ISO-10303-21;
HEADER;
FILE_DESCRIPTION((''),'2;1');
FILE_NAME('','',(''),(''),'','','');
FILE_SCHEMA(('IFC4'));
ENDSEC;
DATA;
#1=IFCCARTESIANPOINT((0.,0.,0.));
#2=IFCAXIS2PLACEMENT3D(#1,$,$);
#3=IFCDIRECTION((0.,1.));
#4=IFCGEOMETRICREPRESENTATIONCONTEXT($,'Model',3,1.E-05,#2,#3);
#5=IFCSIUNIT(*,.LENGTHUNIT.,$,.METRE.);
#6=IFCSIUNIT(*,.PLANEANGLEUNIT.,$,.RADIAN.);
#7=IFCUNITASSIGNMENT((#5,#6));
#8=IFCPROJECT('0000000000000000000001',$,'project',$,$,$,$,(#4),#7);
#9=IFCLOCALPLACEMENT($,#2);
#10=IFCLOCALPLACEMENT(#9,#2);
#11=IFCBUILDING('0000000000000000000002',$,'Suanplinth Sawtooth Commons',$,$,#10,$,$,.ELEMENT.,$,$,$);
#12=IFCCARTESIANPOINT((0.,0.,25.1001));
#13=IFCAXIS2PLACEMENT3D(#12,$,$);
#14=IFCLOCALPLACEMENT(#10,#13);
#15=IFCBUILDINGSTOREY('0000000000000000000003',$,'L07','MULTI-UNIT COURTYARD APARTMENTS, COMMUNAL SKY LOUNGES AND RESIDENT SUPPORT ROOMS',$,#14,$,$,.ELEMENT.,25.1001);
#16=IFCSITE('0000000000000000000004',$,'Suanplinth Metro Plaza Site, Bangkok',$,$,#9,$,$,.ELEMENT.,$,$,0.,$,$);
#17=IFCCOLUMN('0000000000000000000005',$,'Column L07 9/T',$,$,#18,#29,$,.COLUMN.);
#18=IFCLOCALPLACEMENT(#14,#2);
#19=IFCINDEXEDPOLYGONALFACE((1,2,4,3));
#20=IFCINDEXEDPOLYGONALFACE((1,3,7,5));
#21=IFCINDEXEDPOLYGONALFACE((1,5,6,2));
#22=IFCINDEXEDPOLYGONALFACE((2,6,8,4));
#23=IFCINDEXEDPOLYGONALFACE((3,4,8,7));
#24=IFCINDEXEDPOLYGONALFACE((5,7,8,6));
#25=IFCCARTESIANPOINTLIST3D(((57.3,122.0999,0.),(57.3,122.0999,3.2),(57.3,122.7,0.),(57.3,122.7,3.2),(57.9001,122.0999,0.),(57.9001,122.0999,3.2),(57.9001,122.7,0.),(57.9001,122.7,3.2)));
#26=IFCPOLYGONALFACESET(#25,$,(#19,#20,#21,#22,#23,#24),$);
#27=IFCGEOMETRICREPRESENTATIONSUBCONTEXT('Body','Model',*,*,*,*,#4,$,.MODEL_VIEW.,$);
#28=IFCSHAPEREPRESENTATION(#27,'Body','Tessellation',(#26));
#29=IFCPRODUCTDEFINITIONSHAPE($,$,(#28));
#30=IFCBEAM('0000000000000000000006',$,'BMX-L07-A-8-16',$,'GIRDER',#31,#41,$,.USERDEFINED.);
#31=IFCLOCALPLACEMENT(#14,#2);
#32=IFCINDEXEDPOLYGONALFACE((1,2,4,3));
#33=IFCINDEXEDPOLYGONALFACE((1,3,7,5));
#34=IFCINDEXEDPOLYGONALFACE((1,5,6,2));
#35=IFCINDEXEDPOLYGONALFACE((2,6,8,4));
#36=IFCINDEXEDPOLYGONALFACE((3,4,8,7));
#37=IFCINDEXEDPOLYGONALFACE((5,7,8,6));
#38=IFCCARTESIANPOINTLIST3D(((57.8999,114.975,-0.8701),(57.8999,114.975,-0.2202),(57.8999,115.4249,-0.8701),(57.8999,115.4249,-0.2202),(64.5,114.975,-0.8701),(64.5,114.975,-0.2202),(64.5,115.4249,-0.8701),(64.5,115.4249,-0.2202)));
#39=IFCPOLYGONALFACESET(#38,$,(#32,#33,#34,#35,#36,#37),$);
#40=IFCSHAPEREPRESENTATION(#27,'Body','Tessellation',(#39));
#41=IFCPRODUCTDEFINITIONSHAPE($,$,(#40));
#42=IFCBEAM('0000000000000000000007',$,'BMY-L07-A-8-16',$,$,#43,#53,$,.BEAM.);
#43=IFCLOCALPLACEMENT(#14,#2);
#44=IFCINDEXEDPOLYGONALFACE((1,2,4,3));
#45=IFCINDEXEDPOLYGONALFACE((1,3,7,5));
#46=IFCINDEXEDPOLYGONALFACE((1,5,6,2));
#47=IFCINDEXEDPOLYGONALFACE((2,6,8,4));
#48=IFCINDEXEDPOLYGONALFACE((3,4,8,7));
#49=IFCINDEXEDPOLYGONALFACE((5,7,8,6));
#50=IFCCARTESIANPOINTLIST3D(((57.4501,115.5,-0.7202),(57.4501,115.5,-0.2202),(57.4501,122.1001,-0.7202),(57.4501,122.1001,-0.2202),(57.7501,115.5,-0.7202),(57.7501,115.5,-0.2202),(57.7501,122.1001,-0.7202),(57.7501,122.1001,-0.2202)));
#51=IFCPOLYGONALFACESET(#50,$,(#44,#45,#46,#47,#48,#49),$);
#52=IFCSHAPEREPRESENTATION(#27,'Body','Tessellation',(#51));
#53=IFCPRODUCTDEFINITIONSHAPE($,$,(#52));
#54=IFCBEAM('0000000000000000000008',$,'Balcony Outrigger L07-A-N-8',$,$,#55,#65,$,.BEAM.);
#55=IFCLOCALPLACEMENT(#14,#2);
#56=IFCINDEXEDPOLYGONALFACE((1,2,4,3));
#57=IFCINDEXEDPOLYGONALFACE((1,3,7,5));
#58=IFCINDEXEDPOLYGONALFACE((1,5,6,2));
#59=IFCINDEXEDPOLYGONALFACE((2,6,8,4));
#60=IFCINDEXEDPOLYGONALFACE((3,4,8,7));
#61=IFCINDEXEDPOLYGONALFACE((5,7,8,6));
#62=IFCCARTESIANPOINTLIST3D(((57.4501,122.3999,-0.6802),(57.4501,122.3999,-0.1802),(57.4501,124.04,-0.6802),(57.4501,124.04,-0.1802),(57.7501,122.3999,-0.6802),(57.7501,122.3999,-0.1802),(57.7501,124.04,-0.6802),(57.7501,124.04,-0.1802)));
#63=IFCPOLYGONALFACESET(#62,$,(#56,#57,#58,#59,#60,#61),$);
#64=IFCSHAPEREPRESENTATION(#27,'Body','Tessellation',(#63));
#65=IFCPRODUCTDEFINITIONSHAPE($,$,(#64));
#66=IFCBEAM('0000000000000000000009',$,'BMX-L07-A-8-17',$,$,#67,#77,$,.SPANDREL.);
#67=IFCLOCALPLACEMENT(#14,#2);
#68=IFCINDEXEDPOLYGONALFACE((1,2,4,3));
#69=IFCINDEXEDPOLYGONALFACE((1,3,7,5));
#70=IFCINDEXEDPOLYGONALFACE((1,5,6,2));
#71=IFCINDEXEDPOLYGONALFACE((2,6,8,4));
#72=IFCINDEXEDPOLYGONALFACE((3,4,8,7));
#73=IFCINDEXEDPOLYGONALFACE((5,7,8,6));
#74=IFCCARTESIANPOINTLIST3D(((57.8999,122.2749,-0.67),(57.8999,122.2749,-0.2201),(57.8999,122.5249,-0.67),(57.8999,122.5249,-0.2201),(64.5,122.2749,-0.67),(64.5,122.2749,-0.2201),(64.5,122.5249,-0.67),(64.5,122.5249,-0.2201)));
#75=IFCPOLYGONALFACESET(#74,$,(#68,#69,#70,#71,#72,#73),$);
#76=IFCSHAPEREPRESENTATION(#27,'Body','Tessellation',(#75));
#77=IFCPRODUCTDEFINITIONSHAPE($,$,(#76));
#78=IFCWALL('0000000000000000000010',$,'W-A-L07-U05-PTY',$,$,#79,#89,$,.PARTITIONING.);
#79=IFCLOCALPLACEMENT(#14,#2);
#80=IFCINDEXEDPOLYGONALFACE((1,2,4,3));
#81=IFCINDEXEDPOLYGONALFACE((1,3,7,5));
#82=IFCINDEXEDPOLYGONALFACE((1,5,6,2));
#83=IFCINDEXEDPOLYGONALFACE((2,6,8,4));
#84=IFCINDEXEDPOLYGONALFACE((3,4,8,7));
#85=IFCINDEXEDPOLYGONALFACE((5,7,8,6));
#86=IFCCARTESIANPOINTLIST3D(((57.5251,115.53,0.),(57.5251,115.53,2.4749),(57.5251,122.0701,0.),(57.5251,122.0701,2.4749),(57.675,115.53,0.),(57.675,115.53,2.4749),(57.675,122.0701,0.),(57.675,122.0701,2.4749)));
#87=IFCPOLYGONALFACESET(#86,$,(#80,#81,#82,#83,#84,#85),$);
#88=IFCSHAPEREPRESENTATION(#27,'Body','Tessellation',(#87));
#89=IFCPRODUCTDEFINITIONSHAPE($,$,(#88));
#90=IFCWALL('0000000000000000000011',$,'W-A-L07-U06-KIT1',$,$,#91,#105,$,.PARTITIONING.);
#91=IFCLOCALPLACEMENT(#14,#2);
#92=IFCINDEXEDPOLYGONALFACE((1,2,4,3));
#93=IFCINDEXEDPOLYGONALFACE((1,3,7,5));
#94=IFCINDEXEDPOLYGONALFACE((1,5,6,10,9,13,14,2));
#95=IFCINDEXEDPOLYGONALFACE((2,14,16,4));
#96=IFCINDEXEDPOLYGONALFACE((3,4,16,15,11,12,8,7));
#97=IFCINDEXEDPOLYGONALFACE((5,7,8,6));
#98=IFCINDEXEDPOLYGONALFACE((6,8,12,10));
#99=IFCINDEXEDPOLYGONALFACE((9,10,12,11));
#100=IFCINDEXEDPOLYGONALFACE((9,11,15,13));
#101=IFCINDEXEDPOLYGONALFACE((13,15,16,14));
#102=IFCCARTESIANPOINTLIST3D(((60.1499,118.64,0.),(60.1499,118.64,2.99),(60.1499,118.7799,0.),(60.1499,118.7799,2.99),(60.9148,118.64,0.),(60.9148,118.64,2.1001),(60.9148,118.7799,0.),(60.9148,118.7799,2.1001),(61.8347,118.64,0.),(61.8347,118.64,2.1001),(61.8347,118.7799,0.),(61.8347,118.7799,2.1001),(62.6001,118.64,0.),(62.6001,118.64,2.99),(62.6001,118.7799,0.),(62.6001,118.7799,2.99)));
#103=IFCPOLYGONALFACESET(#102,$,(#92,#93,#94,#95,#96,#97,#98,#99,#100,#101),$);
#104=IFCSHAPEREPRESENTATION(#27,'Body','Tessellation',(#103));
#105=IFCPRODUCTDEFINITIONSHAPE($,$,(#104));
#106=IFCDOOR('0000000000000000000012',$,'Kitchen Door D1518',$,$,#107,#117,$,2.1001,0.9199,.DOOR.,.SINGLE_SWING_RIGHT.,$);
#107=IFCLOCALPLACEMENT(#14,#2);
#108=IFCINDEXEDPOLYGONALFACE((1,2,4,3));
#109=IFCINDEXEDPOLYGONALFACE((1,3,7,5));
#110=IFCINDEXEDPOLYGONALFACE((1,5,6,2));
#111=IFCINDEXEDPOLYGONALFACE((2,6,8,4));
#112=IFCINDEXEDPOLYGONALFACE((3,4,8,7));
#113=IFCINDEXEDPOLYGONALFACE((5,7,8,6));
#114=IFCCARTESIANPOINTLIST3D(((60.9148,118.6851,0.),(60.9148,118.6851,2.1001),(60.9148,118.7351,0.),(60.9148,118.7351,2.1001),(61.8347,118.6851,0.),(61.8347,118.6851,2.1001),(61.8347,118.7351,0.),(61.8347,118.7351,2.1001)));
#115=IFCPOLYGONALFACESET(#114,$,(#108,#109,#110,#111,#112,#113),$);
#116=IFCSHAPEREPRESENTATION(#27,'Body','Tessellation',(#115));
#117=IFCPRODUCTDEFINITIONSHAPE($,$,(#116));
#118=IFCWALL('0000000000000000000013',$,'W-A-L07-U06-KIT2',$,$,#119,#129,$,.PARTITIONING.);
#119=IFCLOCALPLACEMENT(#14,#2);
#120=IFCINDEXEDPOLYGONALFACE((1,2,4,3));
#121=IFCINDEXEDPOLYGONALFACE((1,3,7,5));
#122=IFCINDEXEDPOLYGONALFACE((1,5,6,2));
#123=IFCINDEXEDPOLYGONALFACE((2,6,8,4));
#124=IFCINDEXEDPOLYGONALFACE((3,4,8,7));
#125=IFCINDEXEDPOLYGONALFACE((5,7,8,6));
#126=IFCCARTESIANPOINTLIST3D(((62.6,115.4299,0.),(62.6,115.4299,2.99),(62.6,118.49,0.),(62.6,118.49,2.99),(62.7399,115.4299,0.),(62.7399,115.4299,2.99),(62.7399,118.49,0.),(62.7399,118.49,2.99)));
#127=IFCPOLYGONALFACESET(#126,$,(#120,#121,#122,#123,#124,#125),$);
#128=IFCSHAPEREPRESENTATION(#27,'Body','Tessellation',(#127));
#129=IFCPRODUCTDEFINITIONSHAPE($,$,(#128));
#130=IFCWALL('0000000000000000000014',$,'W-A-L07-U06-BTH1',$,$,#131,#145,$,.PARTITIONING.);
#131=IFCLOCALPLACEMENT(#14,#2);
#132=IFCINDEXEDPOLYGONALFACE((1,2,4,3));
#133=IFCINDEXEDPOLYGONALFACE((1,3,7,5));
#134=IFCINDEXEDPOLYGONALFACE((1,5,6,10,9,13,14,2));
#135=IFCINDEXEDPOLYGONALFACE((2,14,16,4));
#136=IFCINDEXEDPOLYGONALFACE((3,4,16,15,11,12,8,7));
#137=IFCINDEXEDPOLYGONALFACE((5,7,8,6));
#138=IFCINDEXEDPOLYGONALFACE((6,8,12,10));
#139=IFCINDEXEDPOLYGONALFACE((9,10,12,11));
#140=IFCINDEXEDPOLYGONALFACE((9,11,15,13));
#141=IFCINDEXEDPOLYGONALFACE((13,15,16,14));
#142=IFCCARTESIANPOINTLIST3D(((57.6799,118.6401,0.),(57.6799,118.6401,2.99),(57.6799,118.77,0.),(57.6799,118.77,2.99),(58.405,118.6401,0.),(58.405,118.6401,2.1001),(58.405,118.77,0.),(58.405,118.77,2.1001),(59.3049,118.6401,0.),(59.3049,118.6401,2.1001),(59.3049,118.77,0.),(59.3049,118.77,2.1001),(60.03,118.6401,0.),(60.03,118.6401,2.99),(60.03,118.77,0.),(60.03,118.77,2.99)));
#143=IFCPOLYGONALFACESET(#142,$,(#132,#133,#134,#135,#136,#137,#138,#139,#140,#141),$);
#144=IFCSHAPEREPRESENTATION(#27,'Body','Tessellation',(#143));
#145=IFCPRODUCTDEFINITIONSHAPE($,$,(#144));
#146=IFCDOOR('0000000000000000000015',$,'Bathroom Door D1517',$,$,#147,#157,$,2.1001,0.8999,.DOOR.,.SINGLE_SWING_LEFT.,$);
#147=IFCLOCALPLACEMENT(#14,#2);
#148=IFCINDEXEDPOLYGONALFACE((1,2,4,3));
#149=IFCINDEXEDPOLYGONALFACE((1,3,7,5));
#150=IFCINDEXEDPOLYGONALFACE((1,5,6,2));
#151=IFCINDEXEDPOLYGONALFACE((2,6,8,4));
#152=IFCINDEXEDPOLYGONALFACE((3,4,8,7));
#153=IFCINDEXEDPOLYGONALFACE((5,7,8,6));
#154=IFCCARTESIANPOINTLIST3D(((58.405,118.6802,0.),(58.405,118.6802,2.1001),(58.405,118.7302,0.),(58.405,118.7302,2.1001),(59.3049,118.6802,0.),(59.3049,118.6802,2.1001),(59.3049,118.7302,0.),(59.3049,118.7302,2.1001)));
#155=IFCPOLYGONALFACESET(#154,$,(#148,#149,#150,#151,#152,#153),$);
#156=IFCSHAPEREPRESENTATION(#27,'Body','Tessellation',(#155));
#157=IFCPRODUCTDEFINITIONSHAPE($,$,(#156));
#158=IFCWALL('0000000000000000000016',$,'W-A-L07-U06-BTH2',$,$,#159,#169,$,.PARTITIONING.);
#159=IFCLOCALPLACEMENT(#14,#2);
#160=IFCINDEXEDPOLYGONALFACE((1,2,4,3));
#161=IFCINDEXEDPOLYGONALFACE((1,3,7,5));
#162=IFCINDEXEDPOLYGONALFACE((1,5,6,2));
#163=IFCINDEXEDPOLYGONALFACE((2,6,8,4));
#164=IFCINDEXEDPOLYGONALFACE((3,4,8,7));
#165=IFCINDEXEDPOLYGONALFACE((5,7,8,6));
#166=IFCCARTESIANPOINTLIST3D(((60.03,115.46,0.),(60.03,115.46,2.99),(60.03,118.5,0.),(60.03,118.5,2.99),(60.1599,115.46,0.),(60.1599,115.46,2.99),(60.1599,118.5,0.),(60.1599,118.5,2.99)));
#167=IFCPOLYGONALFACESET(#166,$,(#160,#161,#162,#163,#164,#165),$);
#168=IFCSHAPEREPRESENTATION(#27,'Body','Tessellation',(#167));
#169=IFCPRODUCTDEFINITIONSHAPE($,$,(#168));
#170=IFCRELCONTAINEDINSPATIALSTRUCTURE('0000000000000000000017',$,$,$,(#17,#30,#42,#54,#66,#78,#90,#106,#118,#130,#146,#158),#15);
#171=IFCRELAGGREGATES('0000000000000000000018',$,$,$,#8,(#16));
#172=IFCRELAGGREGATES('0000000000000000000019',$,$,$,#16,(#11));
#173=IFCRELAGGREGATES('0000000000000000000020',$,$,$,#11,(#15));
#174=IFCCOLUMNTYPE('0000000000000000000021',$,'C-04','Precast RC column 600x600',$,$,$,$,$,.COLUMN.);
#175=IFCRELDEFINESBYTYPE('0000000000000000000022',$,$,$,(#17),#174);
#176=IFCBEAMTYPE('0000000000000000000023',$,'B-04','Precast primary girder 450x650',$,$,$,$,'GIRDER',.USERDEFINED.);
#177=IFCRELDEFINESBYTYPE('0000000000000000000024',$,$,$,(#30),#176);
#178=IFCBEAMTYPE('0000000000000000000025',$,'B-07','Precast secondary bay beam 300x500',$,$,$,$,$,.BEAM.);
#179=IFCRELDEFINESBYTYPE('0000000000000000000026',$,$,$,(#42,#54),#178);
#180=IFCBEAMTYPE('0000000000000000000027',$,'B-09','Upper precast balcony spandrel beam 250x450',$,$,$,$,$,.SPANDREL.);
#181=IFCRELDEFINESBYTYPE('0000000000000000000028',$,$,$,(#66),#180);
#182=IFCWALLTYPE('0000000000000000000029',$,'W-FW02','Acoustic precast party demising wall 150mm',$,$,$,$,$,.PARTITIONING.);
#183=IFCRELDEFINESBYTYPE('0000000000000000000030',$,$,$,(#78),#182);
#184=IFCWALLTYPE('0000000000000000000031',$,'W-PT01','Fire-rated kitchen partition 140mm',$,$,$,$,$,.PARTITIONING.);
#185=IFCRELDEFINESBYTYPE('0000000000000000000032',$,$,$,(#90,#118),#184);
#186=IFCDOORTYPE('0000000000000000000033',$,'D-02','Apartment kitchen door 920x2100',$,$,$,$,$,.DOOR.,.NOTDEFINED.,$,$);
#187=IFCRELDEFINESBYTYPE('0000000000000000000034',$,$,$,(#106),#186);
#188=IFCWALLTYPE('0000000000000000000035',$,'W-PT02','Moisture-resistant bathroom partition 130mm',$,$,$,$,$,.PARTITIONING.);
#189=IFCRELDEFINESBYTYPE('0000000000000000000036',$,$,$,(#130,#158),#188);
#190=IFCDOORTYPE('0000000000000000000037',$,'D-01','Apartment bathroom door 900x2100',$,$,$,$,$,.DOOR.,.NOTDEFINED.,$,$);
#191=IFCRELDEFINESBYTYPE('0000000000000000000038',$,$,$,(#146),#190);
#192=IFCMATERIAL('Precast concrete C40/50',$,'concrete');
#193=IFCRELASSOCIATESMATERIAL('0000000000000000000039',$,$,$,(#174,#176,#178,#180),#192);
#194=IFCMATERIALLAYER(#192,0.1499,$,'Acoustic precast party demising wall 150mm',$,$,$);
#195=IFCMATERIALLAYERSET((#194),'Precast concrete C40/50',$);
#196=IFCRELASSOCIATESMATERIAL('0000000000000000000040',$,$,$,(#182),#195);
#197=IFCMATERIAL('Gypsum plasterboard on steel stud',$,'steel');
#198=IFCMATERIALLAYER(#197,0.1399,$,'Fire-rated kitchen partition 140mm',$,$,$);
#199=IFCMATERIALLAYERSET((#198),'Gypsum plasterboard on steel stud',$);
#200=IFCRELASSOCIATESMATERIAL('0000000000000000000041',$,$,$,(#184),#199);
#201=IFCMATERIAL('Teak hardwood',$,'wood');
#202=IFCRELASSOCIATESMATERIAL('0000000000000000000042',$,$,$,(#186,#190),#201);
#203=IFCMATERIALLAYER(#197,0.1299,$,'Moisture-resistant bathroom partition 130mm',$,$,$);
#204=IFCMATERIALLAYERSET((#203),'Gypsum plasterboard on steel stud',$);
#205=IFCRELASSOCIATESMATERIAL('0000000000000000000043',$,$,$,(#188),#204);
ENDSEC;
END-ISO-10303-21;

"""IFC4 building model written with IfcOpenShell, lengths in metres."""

from ifc_helpers import new_model, si_unit, direction, frame, frame_2d, origin, origin_2d, place, context, subcontext, project, spatial, rectangle, extrude, material, layer, layer_set, material_profile, profile_set, type_object, element, fill, save


model = new_model("IFC4")

# Units and contexts
model_context = context("Model", 3, precision=1e-05, world=origin(), true_north=direction((0.0, 1.0)))
body_context = subcontext(model_context, "Body", "Model", "MODEL_VIEW")
ifc_project = project(units=[si_unit("LENGTHUNIT", "METRE"), si_unit("PLANEANGLEUNIT", "RADIAN")], contexts=[model_context])

# Site, building, storey
site_placement = place(None, origin())
site = spatial("IfcSite", under=ifc_project, at=site_placement, Name="Suanplinth Metro Plaza Site, Bangkok", CompositionType="ELEMENT", RefElevation=0.0)
building_placement = place(site_placement, origin())
building = spatial("IfcBuilding", under=site, at=building_placement, Name="Suanplinth Sawtooth Commons", CompositionType="ELEMENT")
storey_placement = place(building_placement, frame((0.0, 0.0, 25.1001)))
storey = spatial("IfcBuildingStorey", under=building, at=storey_placement, Name="L07", Description="MULTI-UNIT COURTYARD APARTMENTS, COMMUNAL SKY LOUNGES AND RESIDENT SUPPORT ROOMS", CompositionType="ELEMENT", Elevation=25.1001)

# Column
ifc_material_1 = material(Name="Precast concrete C40/50", Category="concrete")
ifc_material_profile_1 = material_profile(ifc_material_1, rectangle(XDim=0.6001, YDim=0.6001, at=origin_2d()), Name="PC-COL 600x600")
ifc_profile_set_1 = profile_set([ifc_material_profile_1], Name="Precast concrete C40/50")
column_type = type_object("IfcColumnType", Name="C-04", Description="Precast RC column 600x600", PredefinedType="COLUMN", material=ifc_profile_set_1)
column_placement = place(storey_placement, frame((57.6001, 122.3999, 0.0), z_axis=(0.0, 0.0, 1.0), x_axis=(1.0, 0.0, 0.0)))
element("IfcColumn", 1, at=column_placement, inside=storey, type_object=column_type, Name="Column L07 9/T", PredefinedType="COLUMN", context=body_context, shape_type="SweptSolid", body=[
    extrude(rectangle(XDim=0.6001, YDim=0.6001, at=origin_2d()), origin(), (0.0, 0.0, 1.0), 3.2),
])

# Beams
ifc_material_profile_2 = material_profile(ifc_material_1, rectangle(XDim=0.45, YDim=0.6499, at=origin_2d()), Name="PC-GDR 450x650")
ifc_profile_set_2 = profile_set([ifc_material_profile_2], Name="Precast concrete C40/50")
beam_type_1 = type_object("IfcBeamType", Name="B-04", Description="Precast primary girder 450x650", ElementType="GIRDER", PredefinedType="USERDEFINED", material=ifc_profile_set_2)
beam_1_placement = place(storey_placement, frame((57.8999, 115.2, -0.5452), z_axis=(1.0, 0.0, 0.0), x_axis=(0.0, 1.0, 0.0)))
element("IfcBeam", 2, at=beam_1_placement, inside=storey, type_object=beam_type_1, Name="BMX-L07-A-8-16", ObjectType="GIRDER", PredefinedType="USERDEFINED", context=body_context, shape_type="SweptSolid", body=[
    extrude(rectangle(XDim=0.45, YDim=0.6499, at=origin_2d()), origin(), (0.0, 0.0, 1.0), 6.6001),
])
ifc_material_profile_3 = material_profile(ifc_material_1, rectangle(XDim=0.3, YDim=0.5, at=origin_2d()), Name="PC-BM 300x500")
ifc_profile_set_3 = profile_set([ifc_material_profile_3], Name="Precast concrete C40/50")
beam_type_2 = type_object("IfcBeamType", Name="B-07", Description="Precast secondary bay beam 300x500", PredefinedType="BEAM", material=ifc_profile_set_3)
beam_2_placement = place(storey_placement, frame((57.6001, 115.5, -0.4702), z_axis=(0.0, 1.0, 0.0), x_axis=(-1.0, 0.0, 0.0)))
element("IfcBeam", 3, at=beam_2_placement, inside=storey, type_object=beam_type_2, Name="BMY-L07-A-8-16", PredefinedType="BEAM", context=body_context, shape_type="SweptSolid", body=[
    extrude(rectangle(XDim=0.3, YDim=0.5, at=origin_2d()), origin(), (0.0, 0.0, 1.0), 6.6001),
])
beam_3_placement = place(storey_placement, frame((57.6001, 122.3999, -0.4302), z_axis=(0.0, 1.0, 0.0), x_axis=(-1.0, 0.0, 0.0)))
element("IfcBeam", 4, at=beam_3_placement, inside=storey, type_object=beam_type_2, Name="Balcony Outrigger L07-A-N-8", PredefinedType="BEAM", context=body_context, shape_type="SweptSolid", body=[
    extrude(rectangle(XDim=0.3, YDim=0.5, at=origin_2d()), origin(), (0.0, 0.0, 1.0), 1.6401),
])
ifc_material_profile_4 = material_profile(ifc_material_1, rectangle(XDim=0.25, YDim=0.45, at=origin_2d()), Name="PC-SP 250x450")
ifc_profile_set_4 = profile_set([ifc_material_profile_4], Name="Precast concrete C40/50")
beam_type_3 = type_object("IfcBeamType", Name="B-09", Description="Upper precast balcony spandrel beam 250x450", PredefinedType="SPANDREL", material=ifc_profile_set_4)
beam_4_placement = place(storey_placement, frame((57.8999, 122.3999, -0.4451), z_axis=(1.0, 0.0, 0.0), x_axis=(0.0, 1.0, 0.0)))
element("IfcBeam", 5, at=beam_4_placement, inside=storey, type_object=beam_type_3, Name="BMX-L07-A-8-17", PredefinedType="SPANDREL", context=body_context, shape_type="SweptSolid", body=[
    extrude(rectangle(XDim=0.25, YDim=0.45, at=origin_2d()), origin(), (0.0, 0.0, 1.0), 6.6001),
])

# Wall
ifc_layer_1 = layer(ifc_material_1, 0.1499, Name="Acoustic precast party demising wall 150mm")
ifc_layer_set_1 = layer_set([ifc_layer_1], Name="Precast concrete C40/50")
wall_type_1 = type_object("IfcWallType", Name="W-FW02", Description="Acoustic precast party demising wall 150mm", PredefinedType="PARTITIONING", material=ifc_layer_set_1)
wall_1_placement = place(storey_placement, frame((57.6001, 115.53, 0.0), z_axis=(0.0, 0.0, 1.0), x_axis=(0.0, 1.0, 0.0)))
element("IfcWall", 6, at=wall_1_placement, inside=storey, type_object=wall_type_1, Name="W-A-L07-U05-PTY", PredefinedType="PARTITIONING", context=body_context, shape_type="SweptSolid", body=[
    extrude(rectangle(XDim=6.54, YDim=0.1499, at=frame_2d((3.27, 0.0))), origin(), (0.0, 0.0, 1.0), 2.4749),
])

# Wall, opening, door
ifc_material_2 = material(Name="Gypsum plasterboard on steel stud", Category="steel")
ifc_layer_2 = layer(ifc_material_2, 0.1399, Name="Fire-rated kitchen partition 140mm")
ifc_layer_set_2 = layer_set([ifc_layer_2], Name="Gypsum plasterboard on steel stud")
wall_type_2 = type_object("IfcWallType", Name="W-PT01", Description="Fire-rated kitchen partition 140mm", PredefinedType="PARTITIONING", material=ifc_layer_set_2)
wall_2_placement = place(storey_placement, frame((60.1499, 118.71, 0.0), z_axis=(0.0, 0.0, 1.0), x_axis=(1.0, 0.0, 0.0)))
wall_2 = element("IfcWall", 7, at=wall_2_placement, inside=storey, type_object=wall_type_2, Name="W-A-L07-U06-KIT1", PredefinedType="PARTITIONING", context=body_context, shape_type="SweptSolid", body=[
    extrude(rectangle(XDim=2.4502, YDim=0.1399, at=frame_2d((1.2251, 0.0))), origin(), (0.0, 0.0, 1.0), 2.99),
])
opening_1_placement = place(wall_2_placement, frame((0.7649, 0.0, 0.0)))
opening_1 = element("IfcOpeningElement", 8, at=opening_1_placement, cuts=wall_2, PredefinedType="OPENING", context=body_context, shape_type="SweptSolid", body=[
    extrude(rectangle(XDim=0.9199, YDim=2.1001, at=frame_2d((0.46, 1.05))), frame((0.0, 0.085, 0.0), z_axis=(0.0, -1.0, 0.0), x_axis=(1.0, 0.0, 0.0)), (0.0, 0.0, 1.0), 0.1697),
])
ifc_material_3 = material(Name="Teak hardwood", Category="wood")
door_type_1 = type_object("IfcDoorType", Name="D-02", Description="Apartment kitchen door 920x2100", OperationType="NOTDEFINED", PredefinedType="DOOR", material=ifc_material_3)
door_1_placement = place(opening_1_placement, frame((0.9199, 0.0, 0.0), z_axis=(0.0, 0.0, 1.0), x_axis=(-1.0, 0.0, 0.0)))
door_1 = element("IfcDoor", 9, at=door_1_placement, inside=storey, type_object=door_type_1, Name="Kitchen Door D1518", OperationType="SINGLE_SWING_RIGHT", OverallHeight=2.1001, OverallWidth=0.9199, PredefinedType="DOOR", context=body_context, shape_type="SweptSolid", body=[
    extrude(rectangle(XDim=0.9199, YDim=2.1001, at=frame_2d((0.46, 1.05))), frame((0.0, 0.0249, 0.0), z_axis=(0.0, -1.0, 0.0), x_axis=(1.0, 0.0, 0.0)), (0.0, 0.0, 1.0), 0.05),
])
fill(opening_1, door_1)

# Wall
wall_3_placement = place(storey_placement, frame((62.6699, 115.4299, 0.0), z_axis=(0.0, 0.0, 1.0), x_axis=(0.0, 1.0, 0.0)))
element("IfcWall", 10, at=wall_3_placement, inside=storey, type_object=wall_type_2, Name="W-A-L07-U06-KIT2", PredefinedType="PARTITIONING", context=body_context, shape_type="SweptSolid", body=[
    extrude(rectangle(XDim=3.0601, YDim=0.1399, at=frame_2d((1.53, 0.0))), origin(), (0.0, 0.0, 1.0), 2.99),
])

# Wall, opening, door
ifc_layer_3 = layer(ifc_material_2, 0.1299, Name="Moisture-resistant bathroom partition 130mm")
ifc_layer_set_3 = layer_set([ifc_layer_3], Name="Gypsum plasterboard on steel stud")
wall_type_3 = type_object("IfcWallType", Name="W-PT02", Description="Moisture-resistant bathroom partition 130mm", PredefinedType="PARTITIONING", material=ifc_layer_set_3)
wall_4_placement = place(storey_placement, frame((57.6799, 118.7051, 0.0), z_axis=(0.0, 0.0, 1.0), x_axis=(1.0, 0.0, 0.0)))
wall_4 = element("IfcWall", 11, at=wall_4_placement, inside=storey, type_object=wall_type_3, Name="W-A-L07-U06-BTH1", PredefinedType="PARTITIONING", context=body_context, shape_type="SweptSolid", body=[
    extrude(rectangle(XDim=2.3501, YDim=0.1299, at=frame_2d((1.175, 0.0))), origin(), (0.0, 0.0, 1.0), 2.99),
])
opening_2_placement = place(wall_4_placement, frame((0.7251, 0.0, 0.0)))
opening_2 = element("IfcOpeningElement", 12, at=opening_2_placement, cuts=wall_4, PredefinedType="OPENING", context=body_context, shape_type="SweptSolid", body=[
    extrude(rectangle(XDim=0.8999, YDim=2.1001, at=frame_2d((0.45, 1.05))), frame((0.0, 0.0798, 0.0), z_axis=(0.0, -1.0, 0.0), x_axis=(1.0, 0.0, 0.0)), (0.0, 0.0, 1.0), 0.1597),
])
door_type_2 = type_object("IfcDoorType", Name="D-01", Description="Apartment bathroom door 900x2100", OperationType="NOTDEFINED", PredefinedType="DOOR", material=ifc_material_3)
door_2_placement = place(opening_2_placement, frame((0.8999, 0.0, 0.0), z_axis=(0.0, 0.0, 1.0), x_axis=(-1.0, 0.0, 0.0)))
door_2 = element("IfcDoor", 13, at=door_2_placement, inside=storey, type_object=door_type_2, Name="Bathroom Door D1517", OperationType="SINGLE_SWING_LEFT", OverallHeight=2.1001, OverallWidth=0.8999, PredefinedType="DOOR", context=body_context, shape_type="SweptSolid", body=[
    extrude(rectangle(XDim=0.8999, YDim=2.1001, at=frame_2d((0.45, 1.05))), frame((0.0, 0.0249, 0.0), z_axis=(0.0, -1.0, 0.0), x_axis=(1.0, 0.0, 0.0)), (0.0, 0.0, 1.0), 0.05),
])
fill(opening_2, door_2)

# Wall
wall_5_placement = place(storey_placement, frame((60.095, 115.46, 0.0), z_axis=(0.0, 0.0, 1.0), x_axis=(0.0, 1.0, 0.0)))
element("IfcWall", 14, at=wall_5_placement, inside=storey, type_object=wall_type_3, Name="W-A-L07-U06-BTH2", PredefinedType="PARTITIONING", context=body_context, shape_type="SweptSolid", body=[
    extrude(rectangle(XDim=3.04, YDim=0.1299, at=frame_2d((1.52, 0.0))), origin(), (0.0, 0.0, 1.0), 2.99),
])

save(model, "model.ifc")
